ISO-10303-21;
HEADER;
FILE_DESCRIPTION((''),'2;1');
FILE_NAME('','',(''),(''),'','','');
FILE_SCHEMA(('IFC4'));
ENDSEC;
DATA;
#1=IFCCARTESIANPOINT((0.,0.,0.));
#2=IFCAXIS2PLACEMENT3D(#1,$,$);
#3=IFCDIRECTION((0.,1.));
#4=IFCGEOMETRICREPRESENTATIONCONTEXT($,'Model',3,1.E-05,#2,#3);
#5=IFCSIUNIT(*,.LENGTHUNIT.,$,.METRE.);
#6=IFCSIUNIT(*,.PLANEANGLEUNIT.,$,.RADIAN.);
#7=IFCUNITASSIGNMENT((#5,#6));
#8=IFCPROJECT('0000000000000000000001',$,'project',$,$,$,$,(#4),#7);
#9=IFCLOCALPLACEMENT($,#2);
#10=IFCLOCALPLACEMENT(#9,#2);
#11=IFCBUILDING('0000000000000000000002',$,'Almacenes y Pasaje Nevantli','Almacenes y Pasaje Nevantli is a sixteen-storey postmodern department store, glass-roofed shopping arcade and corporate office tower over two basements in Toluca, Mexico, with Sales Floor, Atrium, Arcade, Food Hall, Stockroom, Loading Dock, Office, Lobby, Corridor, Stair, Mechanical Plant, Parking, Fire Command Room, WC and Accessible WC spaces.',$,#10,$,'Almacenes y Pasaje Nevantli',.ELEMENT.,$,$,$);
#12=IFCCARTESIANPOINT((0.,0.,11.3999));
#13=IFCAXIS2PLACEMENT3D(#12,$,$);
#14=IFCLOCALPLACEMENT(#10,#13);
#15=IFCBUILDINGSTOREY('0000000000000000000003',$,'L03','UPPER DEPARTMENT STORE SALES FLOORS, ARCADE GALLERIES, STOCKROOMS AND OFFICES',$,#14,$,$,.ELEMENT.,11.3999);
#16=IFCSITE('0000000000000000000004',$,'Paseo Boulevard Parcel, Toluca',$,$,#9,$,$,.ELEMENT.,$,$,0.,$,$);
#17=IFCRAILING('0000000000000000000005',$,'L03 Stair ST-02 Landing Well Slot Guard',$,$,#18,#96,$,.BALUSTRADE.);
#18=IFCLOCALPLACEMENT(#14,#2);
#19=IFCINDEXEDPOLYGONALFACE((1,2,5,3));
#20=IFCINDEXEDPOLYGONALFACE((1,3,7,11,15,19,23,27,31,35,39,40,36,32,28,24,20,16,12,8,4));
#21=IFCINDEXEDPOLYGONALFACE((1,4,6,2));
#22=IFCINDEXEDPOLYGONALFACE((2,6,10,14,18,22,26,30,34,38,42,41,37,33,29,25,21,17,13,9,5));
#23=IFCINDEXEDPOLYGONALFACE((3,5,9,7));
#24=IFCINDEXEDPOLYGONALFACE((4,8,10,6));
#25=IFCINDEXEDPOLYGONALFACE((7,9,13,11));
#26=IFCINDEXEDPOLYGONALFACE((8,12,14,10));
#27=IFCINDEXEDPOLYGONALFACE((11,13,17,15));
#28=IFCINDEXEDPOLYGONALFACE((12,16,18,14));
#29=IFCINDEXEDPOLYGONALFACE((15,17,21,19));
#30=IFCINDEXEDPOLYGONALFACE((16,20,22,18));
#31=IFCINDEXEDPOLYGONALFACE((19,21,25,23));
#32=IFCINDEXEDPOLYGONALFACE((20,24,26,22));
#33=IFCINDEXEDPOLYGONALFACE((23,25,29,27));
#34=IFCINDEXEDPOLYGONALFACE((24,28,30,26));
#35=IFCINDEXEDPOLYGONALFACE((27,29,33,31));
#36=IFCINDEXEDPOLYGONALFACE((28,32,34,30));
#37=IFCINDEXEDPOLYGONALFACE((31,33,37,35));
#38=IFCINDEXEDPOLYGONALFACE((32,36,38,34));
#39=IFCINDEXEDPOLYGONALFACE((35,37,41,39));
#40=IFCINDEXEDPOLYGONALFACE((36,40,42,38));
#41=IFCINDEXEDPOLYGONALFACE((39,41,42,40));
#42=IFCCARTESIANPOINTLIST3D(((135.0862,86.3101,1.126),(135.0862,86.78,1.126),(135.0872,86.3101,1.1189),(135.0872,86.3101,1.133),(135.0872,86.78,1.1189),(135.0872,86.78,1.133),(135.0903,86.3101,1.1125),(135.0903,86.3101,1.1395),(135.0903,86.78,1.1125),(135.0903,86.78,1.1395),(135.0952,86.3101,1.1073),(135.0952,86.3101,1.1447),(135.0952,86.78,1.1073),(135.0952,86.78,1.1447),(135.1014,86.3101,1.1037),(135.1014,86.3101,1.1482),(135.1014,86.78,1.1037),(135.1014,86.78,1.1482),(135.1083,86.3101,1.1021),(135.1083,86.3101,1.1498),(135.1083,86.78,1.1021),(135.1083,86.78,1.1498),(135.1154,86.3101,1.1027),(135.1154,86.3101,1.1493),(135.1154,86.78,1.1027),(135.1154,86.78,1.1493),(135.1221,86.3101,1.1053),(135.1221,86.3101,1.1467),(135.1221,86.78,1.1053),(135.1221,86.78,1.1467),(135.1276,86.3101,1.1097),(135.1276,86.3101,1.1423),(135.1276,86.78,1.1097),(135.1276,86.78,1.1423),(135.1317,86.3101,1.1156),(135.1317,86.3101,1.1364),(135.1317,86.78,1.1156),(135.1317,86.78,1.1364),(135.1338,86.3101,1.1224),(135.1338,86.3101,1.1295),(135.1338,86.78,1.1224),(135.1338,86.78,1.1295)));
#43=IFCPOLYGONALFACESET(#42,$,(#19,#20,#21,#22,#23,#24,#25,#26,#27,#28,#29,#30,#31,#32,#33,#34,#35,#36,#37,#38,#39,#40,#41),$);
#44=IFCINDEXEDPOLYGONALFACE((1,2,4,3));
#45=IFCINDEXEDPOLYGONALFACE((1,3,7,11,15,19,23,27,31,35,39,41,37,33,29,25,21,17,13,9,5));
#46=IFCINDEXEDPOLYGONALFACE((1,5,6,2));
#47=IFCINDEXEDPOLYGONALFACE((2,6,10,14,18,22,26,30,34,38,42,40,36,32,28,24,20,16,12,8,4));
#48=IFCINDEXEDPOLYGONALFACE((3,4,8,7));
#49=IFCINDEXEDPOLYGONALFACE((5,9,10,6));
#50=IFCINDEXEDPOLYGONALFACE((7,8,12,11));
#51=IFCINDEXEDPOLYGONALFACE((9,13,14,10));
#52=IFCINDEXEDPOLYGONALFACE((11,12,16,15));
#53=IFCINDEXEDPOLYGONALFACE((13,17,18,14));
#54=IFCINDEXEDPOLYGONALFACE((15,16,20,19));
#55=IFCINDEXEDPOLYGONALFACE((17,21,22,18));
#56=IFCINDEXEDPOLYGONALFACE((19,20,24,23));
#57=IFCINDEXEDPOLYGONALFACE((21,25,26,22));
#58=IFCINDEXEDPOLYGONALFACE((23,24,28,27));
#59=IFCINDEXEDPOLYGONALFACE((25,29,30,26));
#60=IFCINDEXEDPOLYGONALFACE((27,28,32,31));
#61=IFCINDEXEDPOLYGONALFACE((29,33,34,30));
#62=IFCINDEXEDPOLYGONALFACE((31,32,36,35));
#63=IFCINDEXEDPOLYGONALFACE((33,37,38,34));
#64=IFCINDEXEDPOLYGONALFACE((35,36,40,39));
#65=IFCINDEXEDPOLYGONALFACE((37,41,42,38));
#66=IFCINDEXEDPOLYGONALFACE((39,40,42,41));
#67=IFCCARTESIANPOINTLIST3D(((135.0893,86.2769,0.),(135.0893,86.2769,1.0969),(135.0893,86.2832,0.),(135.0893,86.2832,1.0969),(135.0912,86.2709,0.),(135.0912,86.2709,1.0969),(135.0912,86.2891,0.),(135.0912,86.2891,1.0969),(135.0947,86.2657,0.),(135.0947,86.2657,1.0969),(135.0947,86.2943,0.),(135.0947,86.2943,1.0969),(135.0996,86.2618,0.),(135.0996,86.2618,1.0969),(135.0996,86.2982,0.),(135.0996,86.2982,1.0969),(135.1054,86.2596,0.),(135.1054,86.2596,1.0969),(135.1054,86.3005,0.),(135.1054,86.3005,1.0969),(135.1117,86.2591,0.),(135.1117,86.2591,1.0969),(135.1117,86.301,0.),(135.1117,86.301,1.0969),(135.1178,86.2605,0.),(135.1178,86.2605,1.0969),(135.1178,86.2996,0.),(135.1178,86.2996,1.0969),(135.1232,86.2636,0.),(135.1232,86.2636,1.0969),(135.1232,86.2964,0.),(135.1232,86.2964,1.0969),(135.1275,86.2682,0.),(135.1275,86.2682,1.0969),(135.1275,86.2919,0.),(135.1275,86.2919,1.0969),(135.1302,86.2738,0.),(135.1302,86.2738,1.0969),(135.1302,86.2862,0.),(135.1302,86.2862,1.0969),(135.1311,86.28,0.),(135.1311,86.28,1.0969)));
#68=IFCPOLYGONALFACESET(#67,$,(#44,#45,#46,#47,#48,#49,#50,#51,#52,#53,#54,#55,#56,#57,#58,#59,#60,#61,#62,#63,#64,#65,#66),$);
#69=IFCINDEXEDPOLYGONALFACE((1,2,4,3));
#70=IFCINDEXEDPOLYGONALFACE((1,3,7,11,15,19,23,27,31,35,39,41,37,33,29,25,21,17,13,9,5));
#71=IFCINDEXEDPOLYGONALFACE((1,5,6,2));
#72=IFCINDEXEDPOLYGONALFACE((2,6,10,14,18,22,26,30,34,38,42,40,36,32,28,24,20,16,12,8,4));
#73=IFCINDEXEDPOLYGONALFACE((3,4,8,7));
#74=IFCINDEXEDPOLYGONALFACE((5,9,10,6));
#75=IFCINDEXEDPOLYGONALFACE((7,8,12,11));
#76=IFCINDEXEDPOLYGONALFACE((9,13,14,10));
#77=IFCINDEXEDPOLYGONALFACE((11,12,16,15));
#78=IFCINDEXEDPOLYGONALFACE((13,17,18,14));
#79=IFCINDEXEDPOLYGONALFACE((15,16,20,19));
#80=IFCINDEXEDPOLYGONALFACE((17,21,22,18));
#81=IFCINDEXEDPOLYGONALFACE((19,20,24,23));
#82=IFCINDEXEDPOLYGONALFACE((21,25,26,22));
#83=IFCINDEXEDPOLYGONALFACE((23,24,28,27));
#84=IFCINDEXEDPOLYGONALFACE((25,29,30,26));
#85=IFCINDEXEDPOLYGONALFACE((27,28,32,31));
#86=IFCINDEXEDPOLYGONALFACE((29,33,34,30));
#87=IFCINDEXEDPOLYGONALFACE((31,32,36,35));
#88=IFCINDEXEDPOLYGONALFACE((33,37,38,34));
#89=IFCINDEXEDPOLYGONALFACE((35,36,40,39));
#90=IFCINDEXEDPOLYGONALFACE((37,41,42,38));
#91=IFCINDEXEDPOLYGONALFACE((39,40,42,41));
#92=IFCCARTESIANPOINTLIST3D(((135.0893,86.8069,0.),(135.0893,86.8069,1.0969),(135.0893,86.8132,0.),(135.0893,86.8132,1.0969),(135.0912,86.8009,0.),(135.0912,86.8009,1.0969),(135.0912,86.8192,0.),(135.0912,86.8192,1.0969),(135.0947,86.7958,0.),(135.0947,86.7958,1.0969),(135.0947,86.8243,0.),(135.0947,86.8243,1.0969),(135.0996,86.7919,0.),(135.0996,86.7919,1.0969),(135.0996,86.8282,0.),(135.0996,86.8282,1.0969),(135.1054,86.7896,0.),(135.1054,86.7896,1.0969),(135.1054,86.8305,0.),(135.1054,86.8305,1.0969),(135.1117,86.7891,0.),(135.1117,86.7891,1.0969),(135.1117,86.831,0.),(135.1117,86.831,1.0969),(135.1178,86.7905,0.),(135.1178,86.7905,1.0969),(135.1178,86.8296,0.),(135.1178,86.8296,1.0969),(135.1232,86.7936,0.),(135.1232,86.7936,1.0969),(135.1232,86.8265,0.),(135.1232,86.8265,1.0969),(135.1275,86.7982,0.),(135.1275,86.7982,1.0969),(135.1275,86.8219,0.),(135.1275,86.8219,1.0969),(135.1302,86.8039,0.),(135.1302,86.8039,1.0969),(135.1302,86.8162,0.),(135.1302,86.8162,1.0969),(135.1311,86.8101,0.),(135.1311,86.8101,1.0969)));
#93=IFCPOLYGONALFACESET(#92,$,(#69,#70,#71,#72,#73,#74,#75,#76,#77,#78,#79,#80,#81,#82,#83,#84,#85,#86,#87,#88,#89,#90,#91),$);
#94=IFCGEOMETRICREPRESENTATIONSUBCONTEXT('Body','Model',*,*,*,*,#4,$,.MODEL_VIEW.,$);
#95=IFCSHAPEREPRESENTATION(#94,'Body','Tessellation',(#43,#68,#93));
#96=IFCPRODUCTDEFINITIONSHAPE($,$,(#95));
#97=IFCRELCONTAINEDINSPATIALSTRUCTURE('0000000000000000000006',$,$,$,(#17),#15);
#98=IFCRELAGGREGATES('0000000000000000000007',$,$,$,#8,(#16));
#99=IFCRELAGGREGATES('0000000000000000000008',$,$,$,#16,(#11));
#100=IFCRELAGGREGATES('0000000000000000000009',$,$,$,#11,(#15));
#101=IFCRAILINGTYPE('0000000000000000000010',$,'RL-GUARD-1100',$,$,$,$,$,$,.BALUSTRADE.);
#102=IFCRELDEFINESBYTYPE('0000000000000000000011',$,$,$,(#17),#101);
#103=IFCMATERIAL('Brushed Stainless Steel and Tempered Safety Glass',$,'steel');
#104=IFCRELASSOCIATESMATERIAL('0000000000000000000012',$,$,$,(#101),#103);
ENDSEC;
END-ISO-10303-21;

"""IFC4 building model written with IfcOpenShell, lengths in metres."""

from ifc_helpers import new_model, si_unit, direction, frame, origin, origin_2d, place, context, subcontext, project, spatial, circle, extrude, material, type_object, element, save


model = new_model("IFC4")

# Units and contexts
model_context = context("Model", 3, precision=1e-05, world=origin(), true_north=direction((0.0, 1.0)))
body_context = subcontext(model_context, "Body", "Model", "MODEL_VIEW")
ifc_project = project(units=[si_unit("LENGTHUNIT", "METRE"), si_unit("PLANEANGLEUNIT", "RADIAN")], contexts=[model_context])

# Site, building, storey
site_placement = place(None, origin())
site = spatial("IfcSite", under=ifc_project, at=site_placement, Name="Paseo Boulevard Parcel, Toluca", CompositionType="ELEMENT", RefElevation=0.0)
building_placement = place(site_placement, origin())
building = spatial("IfcBuilding", under=site, at=building_placement, Name="Almacenes y Pasaje Nevantli", Description="Almacenes y Pasaje Nevantli is a sixteen-storey postmodern department store, glass-roofed shopping arcade and corporate office tower over two basements in Toluca, Mexico, with Sales Floor, Atrium, Arcade, Food Hall, Stockroom, Loading Dock, Office, Lobby, Corridor, Stair, Mechanical Plant, Parking, Fire Command Room, WC and Accessible WC spaces.", LongName="Almacenes y Pasaje Nevantli", CompositionType="ELEMENT")
storey_placement = place(building_placement, frame((0.0, 0.0, 11.3999)))
storey = spatial("IfcBuildingStorey", under=building, at=storey_placement, Name="L03", Description="UPPER DEPARTMENT STORE SALES FLOORS, ARCADE GALLERIES, STOCKROOMS AND OFFICES", CompositionType="ELEMENT", Elevation=11.3999)

# Railing
ifc_material_1 = material(Name="Brushed Stainless Steel and Tempered Safety Glass", Category="steel")
railing_type_1 = type_object("IfcRailingType", Name="RL-GUARD-1100", PredefinedType="BALUSTRADE", material=ifc_material_1)
railing_1_placement = place(storey_placement, frame((135.1101, 86.28, 0.0)))
element("IfcRailing", 1, at=railing_1_placement, inside=storey, type_object=railing_type_1, Name="L03 Stair ST-02 Landing Well Slot Guard", PredefinedType="BALUSTRADE", context=body_context, shape_type="SweptSolid", body=[
    extrude(circle(Radius=0.0239, at=origin_2d()), frame((0.0, 0.03, 1.126), z_axis=(0.0, 1.0, 0.0), x_axis=(-1.0, 0.0, 0.0)), (0.0, 0.0, 1.0), 0.47),
    extrude(circle(Radius=0.021, at=origin_2d()), origin(), (0.0, 0.0, 1.0), 1.0969),
    extrude(circle(Radius=0.021, at=origin_2d()), frame((0.0, 0.53, 0.0)), (0.0, 0.0, 1.0), 1.0969),
])

save(model, "model.ifc")
